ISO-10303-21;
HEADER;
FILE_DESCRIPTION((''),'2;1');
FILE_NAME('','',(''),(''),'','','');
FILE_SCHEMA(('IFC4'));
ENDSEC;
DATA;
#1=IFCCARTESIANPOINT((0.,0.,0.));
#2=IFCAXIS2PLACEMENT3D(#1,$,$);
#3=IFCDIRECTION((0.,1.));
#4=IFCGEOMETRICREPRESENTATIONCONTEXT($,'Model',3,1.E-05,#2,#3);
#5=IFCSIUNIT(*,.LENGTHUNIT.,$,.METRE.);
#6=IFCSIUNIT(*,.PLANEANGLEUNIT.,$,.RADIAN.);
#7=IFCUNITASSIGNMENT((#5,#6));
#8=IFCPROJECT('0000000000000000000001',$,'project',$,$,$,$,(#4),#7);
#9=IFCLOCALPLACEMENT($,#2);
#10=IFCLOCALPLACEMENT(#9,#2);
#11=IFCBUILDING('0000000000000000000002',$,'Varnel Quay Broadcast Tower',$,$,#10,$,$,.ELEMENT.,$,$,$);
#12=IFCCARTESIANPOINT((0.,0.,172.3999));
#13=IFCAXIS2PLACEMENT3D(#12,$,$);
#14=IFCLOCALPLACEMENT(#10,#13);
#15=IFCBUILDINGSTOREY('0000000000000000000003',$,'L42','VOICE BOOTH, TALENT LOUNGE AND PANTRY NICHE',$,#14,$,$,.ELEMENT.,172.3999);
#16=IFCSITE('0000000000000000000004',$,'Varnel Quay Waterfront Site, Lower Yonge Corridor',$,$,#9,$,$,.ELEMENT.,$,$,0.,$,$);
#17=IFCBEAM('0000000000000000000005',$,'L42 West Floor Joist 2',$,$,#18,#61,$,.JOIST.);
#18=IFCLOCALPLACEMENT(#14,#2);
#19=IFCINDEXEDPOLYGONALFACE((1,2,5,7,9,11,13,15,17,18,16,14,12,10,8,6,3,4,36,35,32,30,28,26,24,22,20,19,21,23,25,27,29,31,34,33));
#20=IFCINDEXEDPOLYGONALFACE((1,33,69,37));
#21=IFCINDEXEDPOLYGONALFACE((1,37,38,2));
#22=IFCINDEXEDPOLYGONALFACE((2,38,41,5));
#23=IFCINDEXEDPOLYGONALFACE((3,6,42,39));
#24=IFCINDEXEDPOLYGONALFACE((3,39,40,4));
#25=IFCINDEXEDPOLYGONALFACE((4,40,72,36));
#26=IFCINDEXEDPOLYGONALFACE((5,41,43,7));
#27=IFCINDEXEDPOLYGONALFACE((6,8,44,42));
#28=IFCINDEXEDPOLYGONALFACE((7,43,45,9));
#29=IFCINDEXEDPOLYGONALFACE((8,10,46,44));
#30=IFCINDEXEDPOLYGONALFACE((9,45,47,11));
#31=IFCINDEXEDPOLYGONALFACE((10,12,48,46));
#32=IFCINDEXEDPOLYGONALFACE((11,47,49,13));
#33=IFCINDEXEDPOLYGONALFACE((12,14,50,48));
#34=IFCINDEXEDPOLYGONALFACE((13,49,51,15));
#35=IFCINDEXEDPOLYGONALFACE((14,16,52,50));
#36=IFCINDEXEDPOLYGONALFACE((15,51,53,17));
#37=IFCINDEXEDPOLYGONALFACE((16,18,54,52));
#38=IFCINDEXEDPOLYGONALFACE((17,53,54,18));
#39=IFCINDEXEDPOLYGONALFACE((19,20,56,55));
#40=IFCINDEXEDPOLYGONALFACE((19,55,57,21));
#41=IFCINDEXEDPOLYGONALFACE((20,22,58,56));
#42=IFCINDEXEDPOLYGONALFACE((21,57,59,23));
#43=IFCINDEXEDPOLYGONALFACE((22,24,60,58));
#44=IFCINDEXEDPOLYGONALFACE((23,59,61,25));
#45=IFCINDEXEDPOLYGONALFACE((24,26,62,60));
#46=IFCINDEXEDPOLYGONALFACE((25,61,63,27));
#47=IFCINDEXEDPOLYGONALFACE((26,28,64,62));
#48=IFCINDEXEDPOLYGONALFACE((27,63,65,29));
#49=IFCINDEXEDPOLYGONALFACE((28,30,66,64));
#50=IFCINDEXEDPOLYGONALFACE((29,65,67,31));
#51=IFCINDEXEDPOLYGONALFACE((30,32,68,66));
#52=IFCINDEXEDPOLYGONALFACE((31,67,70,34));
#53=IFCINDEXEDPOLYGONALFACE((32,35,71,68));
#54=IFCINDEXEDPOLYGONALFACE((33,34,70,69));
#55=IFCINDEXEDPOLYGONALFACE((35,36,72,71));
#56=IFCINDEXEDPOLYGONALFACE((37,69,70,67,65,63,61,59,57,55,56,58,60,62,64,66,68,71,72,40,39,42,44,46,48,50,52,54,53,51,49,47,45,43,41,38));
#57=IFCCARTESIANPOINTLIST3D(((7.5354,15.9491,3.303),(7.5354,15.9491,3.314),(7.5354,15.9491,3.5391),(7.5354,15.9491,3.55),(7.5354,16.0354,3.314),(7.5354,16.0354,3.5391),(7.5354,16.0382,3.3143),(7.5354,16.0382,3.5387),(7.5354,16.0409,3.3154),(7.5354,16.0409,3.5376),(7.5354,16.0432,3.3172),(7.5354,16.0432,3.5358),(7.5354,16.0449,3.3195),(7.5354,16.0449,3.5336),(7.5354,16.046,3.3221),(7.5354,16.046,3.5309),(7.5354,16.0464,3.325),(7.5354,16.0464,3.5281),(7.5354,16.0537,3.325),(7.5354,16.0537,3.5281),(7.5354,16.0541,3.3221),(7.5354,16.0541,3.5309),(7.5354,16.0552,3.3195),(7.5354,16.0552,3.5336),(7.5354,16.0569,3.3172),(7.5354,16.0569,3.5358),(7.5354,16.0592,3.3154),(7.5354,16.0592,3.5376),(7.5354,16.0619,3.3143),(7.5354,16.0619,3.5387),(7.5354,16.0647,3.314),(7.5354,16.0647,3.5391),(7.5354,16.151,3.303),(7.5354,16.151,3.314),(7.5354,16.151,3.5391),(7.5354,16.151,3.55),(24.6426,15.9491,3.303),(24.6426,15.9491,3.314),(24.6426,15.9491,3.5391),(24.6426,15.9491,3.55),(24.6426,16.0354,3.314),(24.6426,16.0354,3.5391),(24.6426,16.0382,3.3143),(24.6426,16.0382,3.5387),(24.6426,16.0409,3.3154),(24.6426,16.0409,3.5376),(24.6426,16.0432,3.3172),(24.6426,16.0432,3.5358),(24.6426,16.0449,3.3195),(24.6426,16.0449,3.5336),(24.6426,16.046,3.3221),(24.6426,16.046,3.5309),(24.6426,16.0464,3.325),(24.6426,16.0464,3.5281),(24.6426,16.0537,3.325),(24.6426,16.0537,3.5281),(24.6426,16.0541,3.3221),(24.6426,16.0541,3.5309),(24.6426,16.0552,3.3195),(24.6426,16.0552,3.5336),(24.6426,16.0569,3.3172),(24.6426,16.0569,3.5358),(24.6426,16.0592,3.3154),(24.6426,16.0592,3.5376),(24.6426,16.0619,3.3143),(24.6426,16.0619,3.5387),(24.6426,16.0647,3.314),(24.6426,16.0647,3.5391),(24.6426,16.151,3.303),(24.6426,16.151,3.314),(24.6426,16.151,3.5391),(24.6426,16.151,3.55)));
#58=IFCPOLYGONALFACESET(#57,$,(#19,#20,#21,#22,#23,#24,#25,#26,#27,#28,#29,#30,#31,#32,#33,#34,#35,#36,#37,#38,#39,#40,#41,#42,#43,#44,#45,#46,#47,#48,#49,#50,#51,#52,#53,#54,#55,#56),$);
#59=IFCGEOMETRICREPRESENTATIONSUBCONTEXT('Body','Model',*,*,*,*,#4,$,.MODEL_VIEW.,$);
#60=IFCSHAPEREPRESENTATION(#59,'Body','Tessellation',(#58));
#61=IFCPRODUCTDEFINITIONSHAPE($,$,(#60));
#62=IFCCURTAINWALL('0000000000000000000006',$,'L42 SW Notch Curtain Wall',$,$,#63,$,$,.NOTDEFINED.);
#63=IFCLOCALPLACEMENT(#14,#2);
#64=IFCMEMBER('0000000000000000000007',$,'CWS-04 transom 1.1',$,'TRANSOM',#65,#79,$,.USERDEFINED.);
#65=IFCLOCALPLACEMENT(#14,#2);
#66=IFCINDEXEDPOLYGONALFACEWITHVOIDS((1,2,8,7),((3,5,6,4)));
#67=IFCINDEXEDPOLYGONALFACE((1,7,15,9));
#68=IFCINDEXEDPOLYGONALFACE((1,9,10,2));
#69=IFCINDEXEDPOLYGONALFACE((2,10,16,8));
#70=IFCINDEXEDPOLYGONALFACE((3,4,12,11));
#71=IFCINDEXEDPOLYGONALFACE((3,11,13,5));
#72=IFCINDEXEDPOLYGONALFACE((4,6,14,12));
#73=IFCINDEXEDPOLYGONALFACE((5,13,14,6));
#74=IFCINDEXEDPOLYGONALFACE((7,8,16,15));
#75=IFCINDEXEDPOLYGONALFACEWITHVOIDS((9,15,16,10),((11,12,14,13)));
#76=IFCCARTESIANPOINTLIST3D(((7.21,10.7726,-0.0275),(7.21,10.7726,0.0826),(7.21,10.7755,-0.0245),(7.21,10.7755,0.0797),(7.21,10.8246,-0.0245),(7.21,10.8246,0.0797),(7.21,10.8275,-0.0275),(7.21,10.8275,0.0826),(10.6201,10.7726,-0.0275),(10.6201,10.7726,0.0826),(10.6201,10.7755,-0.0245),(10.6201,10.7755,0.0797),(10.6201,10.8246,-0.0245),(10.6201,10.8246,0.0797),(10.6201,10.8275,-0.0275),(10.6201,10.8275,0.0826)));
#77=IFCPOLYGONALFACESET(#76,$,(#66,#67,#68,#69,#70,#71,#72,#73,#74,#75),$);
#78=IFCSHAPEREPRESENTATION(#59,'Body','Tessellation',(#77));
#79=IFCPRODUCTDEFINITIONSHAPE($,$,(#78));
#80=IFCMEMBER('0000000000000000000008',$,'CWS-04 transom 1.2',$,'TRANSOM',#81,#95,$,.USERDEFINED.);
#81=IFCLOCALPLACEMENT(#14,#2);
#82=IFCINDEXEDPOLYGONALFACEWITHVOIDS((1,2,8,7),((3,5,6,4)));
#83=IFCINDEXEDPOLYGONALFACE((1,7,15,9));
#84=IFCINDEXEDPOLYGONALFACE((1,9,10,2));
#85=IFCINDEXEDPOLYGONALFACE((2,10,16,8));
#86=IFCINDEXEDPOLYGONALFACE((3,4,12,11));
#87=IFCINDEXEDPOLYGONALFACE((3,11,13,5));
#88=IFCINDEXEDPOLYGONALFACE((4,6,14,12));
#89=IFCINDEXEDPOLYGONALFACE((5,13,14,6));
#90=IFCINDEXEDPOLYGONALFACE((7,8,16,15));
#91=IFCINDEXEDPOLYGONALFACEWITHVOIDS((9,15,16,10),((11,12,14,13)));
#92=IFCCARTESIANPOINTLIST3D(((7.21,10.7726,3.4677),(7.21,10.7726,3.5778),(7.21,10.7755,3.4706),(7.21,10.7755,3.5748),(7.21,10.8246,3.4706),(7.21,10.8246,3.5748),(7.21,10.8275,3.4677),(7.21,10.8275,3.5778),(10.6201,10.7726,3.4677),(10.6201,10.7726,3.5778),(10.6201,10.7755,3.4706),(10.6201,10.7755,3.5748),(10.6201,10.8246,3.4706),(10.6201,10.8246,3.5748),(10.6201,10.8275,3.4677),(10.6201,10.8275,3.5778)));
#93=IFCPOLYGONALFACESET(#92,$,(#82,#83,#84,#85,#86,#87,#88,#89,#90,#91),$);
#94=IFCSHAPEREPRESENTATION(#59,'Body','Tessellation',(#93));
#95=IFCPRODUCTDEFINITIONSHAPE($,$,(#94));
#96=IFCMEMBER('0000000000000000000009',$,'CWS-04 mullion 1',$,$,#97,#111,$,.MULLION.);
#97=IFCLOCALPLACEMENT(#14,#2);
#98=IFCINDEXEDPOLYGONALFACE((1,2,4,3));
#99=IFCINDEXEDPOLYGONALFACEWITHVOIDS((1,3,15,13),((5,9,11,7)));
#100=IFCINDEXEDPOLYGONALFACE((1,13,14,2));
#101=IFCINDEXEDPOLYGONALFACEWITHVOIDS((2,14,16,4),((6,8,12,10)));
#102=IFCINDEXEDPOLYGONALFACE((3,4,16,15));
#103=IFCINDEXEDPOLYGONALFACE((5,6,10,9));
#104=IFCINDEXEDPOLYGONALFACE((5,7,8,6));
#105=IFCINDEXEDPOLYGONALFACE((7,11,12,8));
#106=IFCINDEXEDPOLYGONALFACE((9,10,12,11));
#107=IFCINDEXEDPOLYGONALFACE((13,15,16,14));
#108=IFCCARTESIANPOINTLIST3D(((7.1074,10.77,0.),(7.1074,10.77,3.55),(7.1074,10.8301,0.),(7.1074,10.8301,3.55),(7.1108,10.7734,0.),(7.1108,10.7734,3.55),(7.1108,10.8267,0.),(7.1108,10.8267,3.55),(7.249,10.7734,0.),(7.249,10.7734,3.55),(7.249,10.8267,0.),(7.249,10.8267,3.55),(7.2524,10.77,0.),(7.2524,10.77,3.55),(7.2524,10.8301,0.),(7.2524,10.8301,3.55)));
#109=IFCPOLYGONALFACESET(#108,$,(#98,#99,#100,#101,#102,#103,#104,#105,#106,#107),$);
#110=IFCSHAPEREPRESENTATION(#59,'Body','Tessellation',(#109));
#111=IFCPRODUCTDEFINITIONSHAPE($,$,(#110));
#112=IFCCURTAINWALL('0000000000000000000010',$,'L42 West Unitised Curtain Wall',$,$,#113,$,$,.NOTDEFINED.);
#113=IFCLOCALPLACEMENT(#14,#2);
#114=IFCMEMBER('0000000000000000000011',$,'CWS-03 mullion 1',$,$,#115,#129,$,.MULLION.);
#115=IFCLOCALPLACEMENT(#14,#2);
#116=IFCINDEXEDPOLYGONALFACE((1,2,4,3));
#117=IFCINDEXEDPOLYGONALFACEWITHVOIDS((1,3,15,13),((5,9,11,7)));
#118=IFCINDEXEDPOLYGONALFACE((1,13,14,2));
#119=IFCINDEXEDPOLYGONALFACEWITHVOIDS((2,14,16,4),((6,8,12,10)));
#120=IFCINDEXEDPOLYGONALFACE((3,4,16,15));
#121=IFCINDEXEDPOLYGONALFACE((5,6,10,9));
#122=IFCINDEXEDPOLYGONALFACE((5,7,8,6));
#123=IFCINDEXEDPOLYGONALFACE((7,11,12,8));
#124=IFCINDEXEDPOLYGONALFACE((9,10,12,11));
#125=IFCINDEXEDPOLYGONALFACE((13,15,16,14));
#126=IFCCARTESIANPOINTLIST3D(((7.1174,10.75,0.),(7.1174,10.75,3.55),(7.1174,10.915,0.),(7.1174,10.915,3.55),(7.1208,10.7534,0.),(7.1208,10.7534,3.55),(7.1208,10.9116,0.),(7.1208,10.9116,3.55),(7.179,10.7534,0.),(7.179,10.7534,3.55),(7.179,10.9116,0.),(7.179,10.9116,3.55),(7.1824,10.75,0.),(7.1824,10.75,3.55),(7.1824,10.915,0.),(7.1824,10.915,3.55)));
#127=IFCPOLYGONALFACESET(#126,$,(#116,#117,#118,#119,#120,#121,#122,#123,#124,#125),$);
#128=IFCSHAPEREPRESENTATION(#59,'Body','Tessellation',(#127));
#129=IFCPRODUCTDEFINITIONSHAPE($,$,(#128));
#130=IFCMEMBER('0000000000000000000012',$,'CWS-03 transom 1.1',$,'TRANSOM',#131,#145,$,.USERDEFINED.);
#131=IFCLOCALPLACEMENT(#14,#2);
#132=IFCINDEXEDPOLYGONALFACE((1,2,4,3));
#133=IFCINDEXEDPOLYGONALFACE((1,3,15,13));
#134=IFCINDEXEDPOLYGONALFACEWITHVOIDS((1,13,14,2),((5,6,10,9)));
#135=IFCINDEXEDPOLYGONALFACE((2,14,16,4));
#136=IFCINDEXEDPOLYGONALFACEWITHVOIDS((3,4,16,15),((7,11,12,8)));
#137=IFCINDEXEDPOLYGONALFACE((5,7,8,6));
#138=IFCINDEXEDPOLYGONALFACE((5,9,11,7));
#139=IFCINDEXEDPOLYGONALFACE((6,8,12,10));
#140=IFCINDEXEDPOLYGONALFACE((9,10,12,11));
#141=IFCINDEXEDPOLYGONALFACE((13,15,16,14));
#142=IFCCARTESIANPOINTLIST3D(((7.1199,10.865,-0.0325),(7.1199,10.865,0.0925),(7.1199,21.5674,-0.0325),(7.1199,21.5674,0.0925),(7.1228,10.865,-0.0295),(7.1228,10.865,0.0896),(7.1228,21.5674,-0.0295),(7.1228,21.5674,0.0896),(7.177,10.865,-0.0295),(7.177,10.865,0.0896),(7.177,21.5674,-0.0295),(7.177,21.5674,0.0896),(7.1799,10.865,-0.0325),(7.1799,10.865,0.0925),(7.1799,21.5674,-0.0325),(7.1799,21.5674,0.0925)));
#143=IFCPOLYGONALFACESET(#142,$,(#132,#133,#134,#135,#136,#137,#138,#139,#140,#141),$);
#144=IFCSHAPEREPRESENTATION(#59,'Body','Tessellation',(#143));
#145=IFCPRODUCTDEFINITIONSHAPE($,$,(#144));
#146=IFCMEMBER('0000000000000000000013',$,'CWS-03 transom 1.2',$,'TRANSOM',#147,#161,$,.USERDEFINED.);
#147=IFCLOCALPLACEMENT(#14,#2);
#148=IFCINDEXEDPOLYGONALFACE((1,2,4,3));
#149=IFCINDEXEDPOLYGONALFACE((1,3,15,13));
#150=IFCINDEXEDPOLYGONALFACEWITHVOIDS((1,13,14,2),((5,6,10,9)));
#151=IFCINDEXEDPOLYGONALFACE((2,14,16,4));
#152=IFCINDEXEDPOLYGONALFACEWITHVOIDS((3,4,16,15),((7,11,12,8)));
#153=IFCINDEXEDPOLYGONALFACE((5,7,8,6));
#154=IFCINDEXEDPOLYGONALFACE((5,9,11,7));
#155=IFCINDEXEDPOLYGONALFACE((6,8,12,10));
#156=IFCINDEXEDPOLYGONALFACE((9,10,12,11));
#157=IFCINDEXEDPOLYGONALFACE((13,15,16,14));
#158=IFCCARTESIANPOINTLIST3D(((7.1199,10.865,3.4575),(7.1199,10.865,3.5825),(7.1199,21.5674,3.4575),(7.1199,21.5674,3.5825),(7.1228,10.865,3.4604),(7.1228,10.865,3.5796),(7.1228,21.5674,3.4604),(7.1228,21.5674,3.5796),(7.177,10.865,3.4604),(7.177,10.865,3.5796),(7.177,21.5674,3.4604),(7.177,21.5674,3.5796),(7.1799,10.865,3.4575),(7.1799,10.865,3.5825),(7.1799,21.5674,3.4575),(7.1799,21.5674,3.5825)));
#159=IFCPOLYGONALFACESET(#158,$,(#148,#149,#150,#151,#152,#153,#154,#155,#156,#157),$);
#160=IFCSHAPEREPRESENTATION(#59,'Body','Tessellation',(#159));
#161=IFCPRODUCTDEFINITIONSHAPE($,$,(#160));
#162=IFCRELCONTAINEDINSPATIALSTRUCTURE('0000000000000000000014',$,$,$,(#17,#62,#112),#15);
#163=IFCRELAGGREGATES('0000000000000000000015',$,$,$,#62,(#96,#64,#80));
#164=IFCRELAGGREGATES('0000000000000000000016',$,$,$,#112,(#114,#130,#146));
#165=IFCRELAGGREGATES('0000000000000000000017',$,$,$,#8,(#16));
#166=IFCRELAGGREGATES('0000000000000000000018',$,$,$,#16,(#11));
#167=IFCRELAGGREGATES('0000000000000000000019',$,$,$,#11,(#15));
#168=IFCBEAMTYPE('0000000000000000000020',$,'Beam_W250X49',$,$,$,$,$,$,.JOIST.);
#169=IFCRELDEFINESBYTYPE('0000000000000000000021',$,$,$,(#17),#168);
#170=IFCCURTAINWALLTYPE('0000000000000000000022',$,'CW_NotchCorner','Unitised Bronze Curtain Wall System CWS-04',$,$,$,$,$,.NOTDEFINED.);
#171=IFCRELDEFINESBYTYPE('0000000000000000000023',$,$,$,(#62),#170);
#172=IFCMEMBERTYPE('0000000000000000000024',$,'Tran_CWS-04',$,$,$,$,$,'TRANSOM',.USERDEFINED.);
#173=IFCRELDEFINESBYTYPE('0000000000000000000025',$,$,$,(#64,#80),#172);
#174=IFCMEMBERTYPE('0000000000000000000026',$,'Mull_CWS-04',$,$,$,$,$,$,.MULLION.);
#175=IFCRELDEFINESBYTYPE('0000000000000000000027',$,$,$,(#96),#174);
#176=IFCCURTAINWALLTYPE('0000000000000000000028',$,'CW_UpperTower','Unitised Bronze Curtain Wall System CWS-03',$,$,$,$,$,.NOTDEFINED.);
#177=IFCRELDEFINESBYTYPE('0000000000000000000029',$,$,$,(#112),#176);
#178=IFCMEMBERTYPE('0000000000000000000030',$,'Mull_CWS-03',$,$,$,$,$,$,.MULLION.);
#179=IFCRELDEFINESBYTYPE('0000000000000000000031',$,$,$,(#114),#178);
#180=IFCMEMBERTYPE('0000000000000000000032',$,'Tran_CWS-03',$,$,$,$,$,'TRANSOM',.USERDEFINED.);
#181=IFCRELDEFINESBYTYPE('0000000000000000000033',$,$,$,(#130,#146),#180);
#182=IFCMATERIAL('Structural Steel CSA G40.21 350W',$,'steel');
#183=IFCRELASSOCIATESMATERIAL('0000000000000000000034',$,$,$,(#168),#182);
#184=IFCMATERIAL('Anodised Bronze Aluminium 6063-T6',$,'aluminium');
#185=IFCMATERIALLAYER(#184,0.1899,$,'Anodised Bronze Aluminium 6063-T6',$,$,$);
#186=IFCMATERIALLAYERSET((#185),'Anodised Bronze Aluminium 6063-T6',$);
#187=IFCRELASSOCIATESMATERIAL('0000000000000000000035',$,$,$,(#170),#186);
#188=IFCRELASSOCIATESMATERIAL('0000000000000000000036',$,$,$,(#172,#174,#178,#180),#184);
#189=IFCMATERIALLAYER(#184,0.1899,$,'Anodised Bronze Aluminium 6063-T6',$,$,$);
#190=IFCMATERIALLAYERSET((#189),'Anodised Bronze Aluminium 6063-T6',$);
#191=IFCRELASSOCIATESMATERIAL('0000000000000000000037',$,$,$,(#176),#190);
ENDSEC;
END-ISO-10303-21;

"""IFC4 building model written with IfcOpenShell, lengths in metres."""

from ifc_helpers import new_model, si_unit, direction, frame, origin, origin_2d, place, context, subcontext, project, spatial, hollow_rectangle, i_section, extrude, source, transform, mapped, material, layer, layer_set, material_profile, profile_set, type_object, type_shapes, element, aggregate, save


model = new_model("IFC4")

# Units and contexts
model_context = context("Model", 3, precision=1e-05, world=origin(), true_north=direction((0.0, 1.0)))
body_context = subcontext(model_context, "Body", "Model", "MODEL_VIEW")
ifc_project = project(units=[si_unit("LENGTHUNIT", "METRE"), si_unit("PLANEANGLEUNIT", "RADIAN")], contexts=[model_context])

# Site, building, storey
site_placement = place(None, origin())
site = spatial("IfcSite", under=ifc_project, at=site_placement, Name="Varnel Quay Waterfront Site, Lower Yonge Corridor", CompositionType="ELEMENT", RefElevation=0.0)
building_placement = place(site_placement, origin())
building = spatial("IfcBuilding", under=site, at=building_placement, Name="Varnel Quay Broadcast Tower", CompositionType="ELEMENT")
storey_placement = place(building_placement, frame((0.0, 0.0, 172.3999)))
storey = spatial("IfcBuildingStorey", under=building, at=storey_placement, Name="L42", Description="VOICE BOOTH, TALENT LOUNGE AND PANTRY NICHE", CompositionType="ELEMENT", Elevation=172.3999)

# Shared definitions
ifc_material_1 = material(Name="Structural Steel CSA G40.21 350W", Category="steel")

# Beam
ifc_material_profile_1 = material_profile(ifc_material_1, i_section(OverallWidth=0.2019, OverallDepth=0.2471, WebThickness=0.0073, FlangeThickness=0.011, FilletRadius=0.011, at=origin_2d()), Name="W250X49")
ifc_profile_set_1 = profile_set([ifc_material_profile_1], Name="Structural Steel CSA G40.21 350W")
beam_type_1 = type_object("IfcBeamType", Name="Beam_W250X49", PredefinedType="JOIST", material=ifc_profile_set_1)
shared_shape_1 = source(origin(), body_context, "Body", "SweptSolid", [
    extrude(i_section(OverallWidth=0.2019, OverallDepth=0.2471, WebThickness=0.0073, FlangeThickness=0.011, FilletRadius=0.011, at=origin_2d()), origin(), (0.0, 0.0, 1.0), 17.1072),
])
type_shapes(beam_type_1, [shared_shape_1])
beam_1_placement = place(storey_placement, frame((7.5354, 16.05, 3.4265), z_axis=(1.0, 0.0, 0.0), x_axis=(0.0, 1.0, 0.0)))
element("IfcBeam", 1, at=beam_1_placement, inside=storey, type_object=beam_type_1, Name="L42 West Floor Joist 2", PredefinedType="JOIST", context=body_context, shape_type="MappedRepresentation", body=[
    mapped(shared_shape_1, transform((0.0, 0.0, 0.0), x_axis=(1.0, 0.0, 0.0), y_axis=(0.0, 1.0, 0.0), z_axis=(0.0, 0.0, 1.0), scale=1.0)),
])

# Curtain walls, members
ifc_material_2 = material(Name="Anodised Bronze Aluminium 6063-T6", Category="aluminium")
ifc_layer_1 = layer(ifc_material_2, 0.1899, Name="Anodised Bronze Aluminium 6063-T6")
ifc_layer_set_1 = layer_set([ifc_layer_1], Name="Anodised Bronze Aluminium 6063-T6")
curtain_wall_type_1 = type_object("IfcCurtainWallType", Name="CW_NotchCorner", Description="Unitised Bronze Curtain Wall System CWS-04", PredefinedType="NOTDEFINED", material=ifc_layer_set_1)
curtain_wall_1_placement = place(storey_placement, origin())
curtain_wall_1 = element("IfcCurtainWall", 2, at=curtain_wall_1_placement, inside=storey, type_object=curtain_wall_type_1, Name="L42 SW Notch Curtain Wall", PredefinedType="NOTDEFINED")
ifc_material_profile_2 = material_profile(ifc_material_2, hollow_rectangle(XDim=0.0549, YDim=0.1101, WallThickness=0.0029, at=origin_2d()), Name="ALU55X110X3")
ifc_profile_set_2 = profile_set([ifc_material_profile_2], Name="Anodised Bronze Aluminium 6063-T6")
member_type_1 = type_object("IfcMemberType", Name="Tran_CWS-04", ElementType="TRANSOM", PredefinedType="USERDEFINED", material=ifc_profile_set_2)
shared_shape_2 = source(origin(), body_context, "Body", "SweptSolid", [
    extrude(hollow_rectangle(XDim=0.0549, YDim=0.1101, WallThickness=0.0029, at=origin_2d()), origin(), (0.0, 0.0, 1.0), 3.4102),
])
type_shapes(member_type_1, [shared_shape_2])
member_1_placement = place(storey_placement, frame((7.21, 10.8, 0.0276), z_axis=(1.0, 0.0, 0.0), x_axis=(0.0, 1.0, 0.0)))
member_1 = element("IfcMember", 3, at=member_1_placement, type_object=member_type_1, Name="CWS-04 transom 1.1", ObjectType="TRANSOM", PredefinedType="USERDEFINED", context=body_context, shape_type="MappedRepresentation", body=[
    mapped(shared_shape_2, transform((0.0, 0.0, 0.0), x_axis=(1.0, 0.0, 0.0), y_axis=(0.0, 1.0, 0.0), z_axis=(0.0, 0.0, 1.0), scale=1.0)),
])
member_2_placement = place(storey_placement, frame((7.21, 10.8, 3.5227), z_axis=(1.0, 0.0, 0.0), x_axis=(0.0, 1.0, 0.0)))
member_2 = element("IfcMember", 4, at=member_2_placement, type_object=member_type_1, Name="CWS-04 transom 1.2", ObjectType="TRANSOM", PredefinedType="USERDEFINED", context=body_context, shape_type="MappedRepresentation", body=[
    mapped(shared_shape_2, transform((0.0, 0.0, 0.0), x_axis=(1.0, 0.0, 0.0), y_axis=(0.0, 1.0, 0.0), z_axis=(0.0, 0.0, 1.0), scale=1.0)),
])
ifc_material_profile_3 = material_profile(ifc_material_2, hollow_rectangle(XDim=0.0601, YDim=0.145, WallThickness=0.0034, at=origin_2d()), Name="ALU60X145X3.5")
ifc_profile_set_3 = profile_set([ifc_material_profile_3], Name="Anodised Bronze Aluminium 6063-T6")
member_type_2 = type_object("IfcMemberType", Name="Mull_CWS-04", PredefinedType="MULLION", material=ifc_profile_set_3)
shared_shape_3 = source(origin(), body_context, "Body", "SweptSolid", [
    extrude(hollow_rectangle(XDim=0.0601, YDim=0.145, WallThickness=0.0034, at=origin_2d()), origin(), (0.0, 0.0, 1.0), 3.55),
])
type_shapes(member_type_2, [shared_shape_3])
member_3_placement = place(storey_placement, frame((7.1799, 10.8, 0.0), z_axis=(0.0, 0.0, 1.0), x_axis=(0.0, 1.0, 0.0)))
member_3 = element("IfcMember", 5, at=member_3_placement, type_object=member_type_2, Name="CWS-04 mullion 1", PredefinedType="MULLION", context=body_context, shape_type="MappedRepresentation", body=[
    mapped(shared_shape_3, transform((0.0, 0.0, 0.0), x_axis=(1.0, 0.0, 0.0), y_axis=(0.0, 1.0, 0.0), z_axis=(0.0, 0.0, 1.0), scale=1.0)),
])
aggregate(curtain_wall_1, [member_3, member_1, member_2])
ifc_layer_2 = layer(ifc_material_2, 0.1899, Name="Anodised Bronze Aluminium 6063-T6")
ifc_layer_set_2 = layer_set([ifc_layer_2], Name="Anodised Bronze Aluminium 6063-T6")
curtain_wall_type_2 = type_object("IfcCurtainWallType", Name="CW_UpperTower", Description="Unitised Bronze Curtain Wall System CWS-03", PredefinedType="NOTDEFINED", material=ifc_layer_set_2)
curtain_wall_2_placement = place(storey_placement, origin())
curtain_wall_2 = element("IfcCurtainWall", 6, at=curtain_wall_2_placement, inside=storey, type_object=curtain_wall_type_2, Name="L42 West Unitised Curtain Wall", PredefinedType="NOTDEFINED")
ifc_material_profile_4 = material_profile(ifc_material_2, hollow_rectangle(XDim=0.0649, YDim=0.165, WallThickness=0.0034, at=origin_2d()), Name="ALU65X165X3.5")
ifc_profile_set_4 = profile_set([ifc_material_profile_4], Name="Anodised Bronze Aluminium 6063-T6")
member_type_3 = type_object("IfcMemberType", Name="Mull_CWS-03", PredefinedType="MULLION", material=ifc_profile_set_4)
shared_shape_4 = source(origin(), body_context, "Body", "SweptSolid", [
    extrude(hollow_rectangle(XDim=0.0649, YDim=0.165, WallThickness=0.0034, at=origin_2d()), origin(), (0.0, 0.0, 1.0), 3.55),
])
type_shapes(member_type_3, [shared_shape_4])
member_4_placement = place(storey_placement, frame((7.1499, 10.8325, 0.0), z_axis=(0.0, 0.0, 1.0), x_axis=(-1.0, 0.0, 0.0)))
member_4 = element("IfcMember", 7, at=member_4_placement, type_object=member_type_3, Name="CWS-03 mullion 1", PredefinedType="MULLION", context=body_context, shape_type="MappedRepresentation", body=[
    mapped(shared_shape_4, transform((0.0, 0.0, 0.0), x_axis=(1.0, 0.0, 0.0), y_axis=(0.0, 1.0, 0.0), z_axis=(0.0, 0.0, 1.0), scale=1.0)),
])
ifc_material_profile_5 = material_profile(ifc_material_2, hollow_rectangle(XDim=0.0601, YDim=0.125, WallThickness=0.0029, at=origin_2d()), Name="ALU60X125X3")
ifc_profile_set_5 = profile_set([ifc_material_profile_5], Name="Anodised Bronze Aluminium 6063-T6")
member_type_4 = type_object("IfcMemberType", Name="Tran_CWS-03", ElementType="TRANSOM", PredefinedType="USERDEFINED", material=ifc_profile_set_5)
shared_shape_5 = source(origin(), body_context, "Body", "SweptSolid", [
    extrude(hollow_rectangle(XDim=0.0601, YDim=0.125, WallThickness=0.0029, at=origin_2d()), origin(), (0.0, 0.0, 1.0), 10.7024),
])
type_shapes(member_type_4, [shared_shape_5])
member_5_placement = place(storey_placement, frame((7.1499, 10.865, 0.03), z_axis=(0.0, 1.0, 0.0), x_axis=(-1.0, 0.0, 0.0)))
member_5 = element("IfcMember", 8, at=member_5_placement, type_object=member_type_4, Name="CWS-03 transom 1.1", ObjectType="TRANSOM", PredefinedType="USERDEFINED", context=body_context, shape_type="MappedRepresentation", body=[
    mapped(shared_shape_5, transform((0.0, 0.0, 0.0), x_axis=(1.0, 0.0, 0.0), y_axis=(0.0, 1.0, 0.0), z_axis=(0.0, 0.0, 1.0), scale=1.0)),
])
member_6_placement = place(storey_placement, frame((7.1499, 10.865, 3.52), z_axis=(0.0, 1.0, 0.0), x_axis=(-1.0, 0.0, 0.0)))
member_6 = element("IfcMember", 9, at=member_6_placement, type_object=member_type_4, Name="CWS-03 transom 1.2", ObjectType="TRANSOM", PredefinedType="USERDEFINED", context=body_context, shape_type="MappedRepresentation", body=[
    mapped(shared_shape_5, transform((0.0, 0.0, 0.0), x_axis=(1.0, 0.0, 0.0), y_axis=(0.0, 1.0, 0.0), z_axis=(0.0, 0.0, 1.0), scale=1.0)),
])

aggregate(curtain_wall_2, [member_4, member_5, member_6])

save(model, "model.ifc")
